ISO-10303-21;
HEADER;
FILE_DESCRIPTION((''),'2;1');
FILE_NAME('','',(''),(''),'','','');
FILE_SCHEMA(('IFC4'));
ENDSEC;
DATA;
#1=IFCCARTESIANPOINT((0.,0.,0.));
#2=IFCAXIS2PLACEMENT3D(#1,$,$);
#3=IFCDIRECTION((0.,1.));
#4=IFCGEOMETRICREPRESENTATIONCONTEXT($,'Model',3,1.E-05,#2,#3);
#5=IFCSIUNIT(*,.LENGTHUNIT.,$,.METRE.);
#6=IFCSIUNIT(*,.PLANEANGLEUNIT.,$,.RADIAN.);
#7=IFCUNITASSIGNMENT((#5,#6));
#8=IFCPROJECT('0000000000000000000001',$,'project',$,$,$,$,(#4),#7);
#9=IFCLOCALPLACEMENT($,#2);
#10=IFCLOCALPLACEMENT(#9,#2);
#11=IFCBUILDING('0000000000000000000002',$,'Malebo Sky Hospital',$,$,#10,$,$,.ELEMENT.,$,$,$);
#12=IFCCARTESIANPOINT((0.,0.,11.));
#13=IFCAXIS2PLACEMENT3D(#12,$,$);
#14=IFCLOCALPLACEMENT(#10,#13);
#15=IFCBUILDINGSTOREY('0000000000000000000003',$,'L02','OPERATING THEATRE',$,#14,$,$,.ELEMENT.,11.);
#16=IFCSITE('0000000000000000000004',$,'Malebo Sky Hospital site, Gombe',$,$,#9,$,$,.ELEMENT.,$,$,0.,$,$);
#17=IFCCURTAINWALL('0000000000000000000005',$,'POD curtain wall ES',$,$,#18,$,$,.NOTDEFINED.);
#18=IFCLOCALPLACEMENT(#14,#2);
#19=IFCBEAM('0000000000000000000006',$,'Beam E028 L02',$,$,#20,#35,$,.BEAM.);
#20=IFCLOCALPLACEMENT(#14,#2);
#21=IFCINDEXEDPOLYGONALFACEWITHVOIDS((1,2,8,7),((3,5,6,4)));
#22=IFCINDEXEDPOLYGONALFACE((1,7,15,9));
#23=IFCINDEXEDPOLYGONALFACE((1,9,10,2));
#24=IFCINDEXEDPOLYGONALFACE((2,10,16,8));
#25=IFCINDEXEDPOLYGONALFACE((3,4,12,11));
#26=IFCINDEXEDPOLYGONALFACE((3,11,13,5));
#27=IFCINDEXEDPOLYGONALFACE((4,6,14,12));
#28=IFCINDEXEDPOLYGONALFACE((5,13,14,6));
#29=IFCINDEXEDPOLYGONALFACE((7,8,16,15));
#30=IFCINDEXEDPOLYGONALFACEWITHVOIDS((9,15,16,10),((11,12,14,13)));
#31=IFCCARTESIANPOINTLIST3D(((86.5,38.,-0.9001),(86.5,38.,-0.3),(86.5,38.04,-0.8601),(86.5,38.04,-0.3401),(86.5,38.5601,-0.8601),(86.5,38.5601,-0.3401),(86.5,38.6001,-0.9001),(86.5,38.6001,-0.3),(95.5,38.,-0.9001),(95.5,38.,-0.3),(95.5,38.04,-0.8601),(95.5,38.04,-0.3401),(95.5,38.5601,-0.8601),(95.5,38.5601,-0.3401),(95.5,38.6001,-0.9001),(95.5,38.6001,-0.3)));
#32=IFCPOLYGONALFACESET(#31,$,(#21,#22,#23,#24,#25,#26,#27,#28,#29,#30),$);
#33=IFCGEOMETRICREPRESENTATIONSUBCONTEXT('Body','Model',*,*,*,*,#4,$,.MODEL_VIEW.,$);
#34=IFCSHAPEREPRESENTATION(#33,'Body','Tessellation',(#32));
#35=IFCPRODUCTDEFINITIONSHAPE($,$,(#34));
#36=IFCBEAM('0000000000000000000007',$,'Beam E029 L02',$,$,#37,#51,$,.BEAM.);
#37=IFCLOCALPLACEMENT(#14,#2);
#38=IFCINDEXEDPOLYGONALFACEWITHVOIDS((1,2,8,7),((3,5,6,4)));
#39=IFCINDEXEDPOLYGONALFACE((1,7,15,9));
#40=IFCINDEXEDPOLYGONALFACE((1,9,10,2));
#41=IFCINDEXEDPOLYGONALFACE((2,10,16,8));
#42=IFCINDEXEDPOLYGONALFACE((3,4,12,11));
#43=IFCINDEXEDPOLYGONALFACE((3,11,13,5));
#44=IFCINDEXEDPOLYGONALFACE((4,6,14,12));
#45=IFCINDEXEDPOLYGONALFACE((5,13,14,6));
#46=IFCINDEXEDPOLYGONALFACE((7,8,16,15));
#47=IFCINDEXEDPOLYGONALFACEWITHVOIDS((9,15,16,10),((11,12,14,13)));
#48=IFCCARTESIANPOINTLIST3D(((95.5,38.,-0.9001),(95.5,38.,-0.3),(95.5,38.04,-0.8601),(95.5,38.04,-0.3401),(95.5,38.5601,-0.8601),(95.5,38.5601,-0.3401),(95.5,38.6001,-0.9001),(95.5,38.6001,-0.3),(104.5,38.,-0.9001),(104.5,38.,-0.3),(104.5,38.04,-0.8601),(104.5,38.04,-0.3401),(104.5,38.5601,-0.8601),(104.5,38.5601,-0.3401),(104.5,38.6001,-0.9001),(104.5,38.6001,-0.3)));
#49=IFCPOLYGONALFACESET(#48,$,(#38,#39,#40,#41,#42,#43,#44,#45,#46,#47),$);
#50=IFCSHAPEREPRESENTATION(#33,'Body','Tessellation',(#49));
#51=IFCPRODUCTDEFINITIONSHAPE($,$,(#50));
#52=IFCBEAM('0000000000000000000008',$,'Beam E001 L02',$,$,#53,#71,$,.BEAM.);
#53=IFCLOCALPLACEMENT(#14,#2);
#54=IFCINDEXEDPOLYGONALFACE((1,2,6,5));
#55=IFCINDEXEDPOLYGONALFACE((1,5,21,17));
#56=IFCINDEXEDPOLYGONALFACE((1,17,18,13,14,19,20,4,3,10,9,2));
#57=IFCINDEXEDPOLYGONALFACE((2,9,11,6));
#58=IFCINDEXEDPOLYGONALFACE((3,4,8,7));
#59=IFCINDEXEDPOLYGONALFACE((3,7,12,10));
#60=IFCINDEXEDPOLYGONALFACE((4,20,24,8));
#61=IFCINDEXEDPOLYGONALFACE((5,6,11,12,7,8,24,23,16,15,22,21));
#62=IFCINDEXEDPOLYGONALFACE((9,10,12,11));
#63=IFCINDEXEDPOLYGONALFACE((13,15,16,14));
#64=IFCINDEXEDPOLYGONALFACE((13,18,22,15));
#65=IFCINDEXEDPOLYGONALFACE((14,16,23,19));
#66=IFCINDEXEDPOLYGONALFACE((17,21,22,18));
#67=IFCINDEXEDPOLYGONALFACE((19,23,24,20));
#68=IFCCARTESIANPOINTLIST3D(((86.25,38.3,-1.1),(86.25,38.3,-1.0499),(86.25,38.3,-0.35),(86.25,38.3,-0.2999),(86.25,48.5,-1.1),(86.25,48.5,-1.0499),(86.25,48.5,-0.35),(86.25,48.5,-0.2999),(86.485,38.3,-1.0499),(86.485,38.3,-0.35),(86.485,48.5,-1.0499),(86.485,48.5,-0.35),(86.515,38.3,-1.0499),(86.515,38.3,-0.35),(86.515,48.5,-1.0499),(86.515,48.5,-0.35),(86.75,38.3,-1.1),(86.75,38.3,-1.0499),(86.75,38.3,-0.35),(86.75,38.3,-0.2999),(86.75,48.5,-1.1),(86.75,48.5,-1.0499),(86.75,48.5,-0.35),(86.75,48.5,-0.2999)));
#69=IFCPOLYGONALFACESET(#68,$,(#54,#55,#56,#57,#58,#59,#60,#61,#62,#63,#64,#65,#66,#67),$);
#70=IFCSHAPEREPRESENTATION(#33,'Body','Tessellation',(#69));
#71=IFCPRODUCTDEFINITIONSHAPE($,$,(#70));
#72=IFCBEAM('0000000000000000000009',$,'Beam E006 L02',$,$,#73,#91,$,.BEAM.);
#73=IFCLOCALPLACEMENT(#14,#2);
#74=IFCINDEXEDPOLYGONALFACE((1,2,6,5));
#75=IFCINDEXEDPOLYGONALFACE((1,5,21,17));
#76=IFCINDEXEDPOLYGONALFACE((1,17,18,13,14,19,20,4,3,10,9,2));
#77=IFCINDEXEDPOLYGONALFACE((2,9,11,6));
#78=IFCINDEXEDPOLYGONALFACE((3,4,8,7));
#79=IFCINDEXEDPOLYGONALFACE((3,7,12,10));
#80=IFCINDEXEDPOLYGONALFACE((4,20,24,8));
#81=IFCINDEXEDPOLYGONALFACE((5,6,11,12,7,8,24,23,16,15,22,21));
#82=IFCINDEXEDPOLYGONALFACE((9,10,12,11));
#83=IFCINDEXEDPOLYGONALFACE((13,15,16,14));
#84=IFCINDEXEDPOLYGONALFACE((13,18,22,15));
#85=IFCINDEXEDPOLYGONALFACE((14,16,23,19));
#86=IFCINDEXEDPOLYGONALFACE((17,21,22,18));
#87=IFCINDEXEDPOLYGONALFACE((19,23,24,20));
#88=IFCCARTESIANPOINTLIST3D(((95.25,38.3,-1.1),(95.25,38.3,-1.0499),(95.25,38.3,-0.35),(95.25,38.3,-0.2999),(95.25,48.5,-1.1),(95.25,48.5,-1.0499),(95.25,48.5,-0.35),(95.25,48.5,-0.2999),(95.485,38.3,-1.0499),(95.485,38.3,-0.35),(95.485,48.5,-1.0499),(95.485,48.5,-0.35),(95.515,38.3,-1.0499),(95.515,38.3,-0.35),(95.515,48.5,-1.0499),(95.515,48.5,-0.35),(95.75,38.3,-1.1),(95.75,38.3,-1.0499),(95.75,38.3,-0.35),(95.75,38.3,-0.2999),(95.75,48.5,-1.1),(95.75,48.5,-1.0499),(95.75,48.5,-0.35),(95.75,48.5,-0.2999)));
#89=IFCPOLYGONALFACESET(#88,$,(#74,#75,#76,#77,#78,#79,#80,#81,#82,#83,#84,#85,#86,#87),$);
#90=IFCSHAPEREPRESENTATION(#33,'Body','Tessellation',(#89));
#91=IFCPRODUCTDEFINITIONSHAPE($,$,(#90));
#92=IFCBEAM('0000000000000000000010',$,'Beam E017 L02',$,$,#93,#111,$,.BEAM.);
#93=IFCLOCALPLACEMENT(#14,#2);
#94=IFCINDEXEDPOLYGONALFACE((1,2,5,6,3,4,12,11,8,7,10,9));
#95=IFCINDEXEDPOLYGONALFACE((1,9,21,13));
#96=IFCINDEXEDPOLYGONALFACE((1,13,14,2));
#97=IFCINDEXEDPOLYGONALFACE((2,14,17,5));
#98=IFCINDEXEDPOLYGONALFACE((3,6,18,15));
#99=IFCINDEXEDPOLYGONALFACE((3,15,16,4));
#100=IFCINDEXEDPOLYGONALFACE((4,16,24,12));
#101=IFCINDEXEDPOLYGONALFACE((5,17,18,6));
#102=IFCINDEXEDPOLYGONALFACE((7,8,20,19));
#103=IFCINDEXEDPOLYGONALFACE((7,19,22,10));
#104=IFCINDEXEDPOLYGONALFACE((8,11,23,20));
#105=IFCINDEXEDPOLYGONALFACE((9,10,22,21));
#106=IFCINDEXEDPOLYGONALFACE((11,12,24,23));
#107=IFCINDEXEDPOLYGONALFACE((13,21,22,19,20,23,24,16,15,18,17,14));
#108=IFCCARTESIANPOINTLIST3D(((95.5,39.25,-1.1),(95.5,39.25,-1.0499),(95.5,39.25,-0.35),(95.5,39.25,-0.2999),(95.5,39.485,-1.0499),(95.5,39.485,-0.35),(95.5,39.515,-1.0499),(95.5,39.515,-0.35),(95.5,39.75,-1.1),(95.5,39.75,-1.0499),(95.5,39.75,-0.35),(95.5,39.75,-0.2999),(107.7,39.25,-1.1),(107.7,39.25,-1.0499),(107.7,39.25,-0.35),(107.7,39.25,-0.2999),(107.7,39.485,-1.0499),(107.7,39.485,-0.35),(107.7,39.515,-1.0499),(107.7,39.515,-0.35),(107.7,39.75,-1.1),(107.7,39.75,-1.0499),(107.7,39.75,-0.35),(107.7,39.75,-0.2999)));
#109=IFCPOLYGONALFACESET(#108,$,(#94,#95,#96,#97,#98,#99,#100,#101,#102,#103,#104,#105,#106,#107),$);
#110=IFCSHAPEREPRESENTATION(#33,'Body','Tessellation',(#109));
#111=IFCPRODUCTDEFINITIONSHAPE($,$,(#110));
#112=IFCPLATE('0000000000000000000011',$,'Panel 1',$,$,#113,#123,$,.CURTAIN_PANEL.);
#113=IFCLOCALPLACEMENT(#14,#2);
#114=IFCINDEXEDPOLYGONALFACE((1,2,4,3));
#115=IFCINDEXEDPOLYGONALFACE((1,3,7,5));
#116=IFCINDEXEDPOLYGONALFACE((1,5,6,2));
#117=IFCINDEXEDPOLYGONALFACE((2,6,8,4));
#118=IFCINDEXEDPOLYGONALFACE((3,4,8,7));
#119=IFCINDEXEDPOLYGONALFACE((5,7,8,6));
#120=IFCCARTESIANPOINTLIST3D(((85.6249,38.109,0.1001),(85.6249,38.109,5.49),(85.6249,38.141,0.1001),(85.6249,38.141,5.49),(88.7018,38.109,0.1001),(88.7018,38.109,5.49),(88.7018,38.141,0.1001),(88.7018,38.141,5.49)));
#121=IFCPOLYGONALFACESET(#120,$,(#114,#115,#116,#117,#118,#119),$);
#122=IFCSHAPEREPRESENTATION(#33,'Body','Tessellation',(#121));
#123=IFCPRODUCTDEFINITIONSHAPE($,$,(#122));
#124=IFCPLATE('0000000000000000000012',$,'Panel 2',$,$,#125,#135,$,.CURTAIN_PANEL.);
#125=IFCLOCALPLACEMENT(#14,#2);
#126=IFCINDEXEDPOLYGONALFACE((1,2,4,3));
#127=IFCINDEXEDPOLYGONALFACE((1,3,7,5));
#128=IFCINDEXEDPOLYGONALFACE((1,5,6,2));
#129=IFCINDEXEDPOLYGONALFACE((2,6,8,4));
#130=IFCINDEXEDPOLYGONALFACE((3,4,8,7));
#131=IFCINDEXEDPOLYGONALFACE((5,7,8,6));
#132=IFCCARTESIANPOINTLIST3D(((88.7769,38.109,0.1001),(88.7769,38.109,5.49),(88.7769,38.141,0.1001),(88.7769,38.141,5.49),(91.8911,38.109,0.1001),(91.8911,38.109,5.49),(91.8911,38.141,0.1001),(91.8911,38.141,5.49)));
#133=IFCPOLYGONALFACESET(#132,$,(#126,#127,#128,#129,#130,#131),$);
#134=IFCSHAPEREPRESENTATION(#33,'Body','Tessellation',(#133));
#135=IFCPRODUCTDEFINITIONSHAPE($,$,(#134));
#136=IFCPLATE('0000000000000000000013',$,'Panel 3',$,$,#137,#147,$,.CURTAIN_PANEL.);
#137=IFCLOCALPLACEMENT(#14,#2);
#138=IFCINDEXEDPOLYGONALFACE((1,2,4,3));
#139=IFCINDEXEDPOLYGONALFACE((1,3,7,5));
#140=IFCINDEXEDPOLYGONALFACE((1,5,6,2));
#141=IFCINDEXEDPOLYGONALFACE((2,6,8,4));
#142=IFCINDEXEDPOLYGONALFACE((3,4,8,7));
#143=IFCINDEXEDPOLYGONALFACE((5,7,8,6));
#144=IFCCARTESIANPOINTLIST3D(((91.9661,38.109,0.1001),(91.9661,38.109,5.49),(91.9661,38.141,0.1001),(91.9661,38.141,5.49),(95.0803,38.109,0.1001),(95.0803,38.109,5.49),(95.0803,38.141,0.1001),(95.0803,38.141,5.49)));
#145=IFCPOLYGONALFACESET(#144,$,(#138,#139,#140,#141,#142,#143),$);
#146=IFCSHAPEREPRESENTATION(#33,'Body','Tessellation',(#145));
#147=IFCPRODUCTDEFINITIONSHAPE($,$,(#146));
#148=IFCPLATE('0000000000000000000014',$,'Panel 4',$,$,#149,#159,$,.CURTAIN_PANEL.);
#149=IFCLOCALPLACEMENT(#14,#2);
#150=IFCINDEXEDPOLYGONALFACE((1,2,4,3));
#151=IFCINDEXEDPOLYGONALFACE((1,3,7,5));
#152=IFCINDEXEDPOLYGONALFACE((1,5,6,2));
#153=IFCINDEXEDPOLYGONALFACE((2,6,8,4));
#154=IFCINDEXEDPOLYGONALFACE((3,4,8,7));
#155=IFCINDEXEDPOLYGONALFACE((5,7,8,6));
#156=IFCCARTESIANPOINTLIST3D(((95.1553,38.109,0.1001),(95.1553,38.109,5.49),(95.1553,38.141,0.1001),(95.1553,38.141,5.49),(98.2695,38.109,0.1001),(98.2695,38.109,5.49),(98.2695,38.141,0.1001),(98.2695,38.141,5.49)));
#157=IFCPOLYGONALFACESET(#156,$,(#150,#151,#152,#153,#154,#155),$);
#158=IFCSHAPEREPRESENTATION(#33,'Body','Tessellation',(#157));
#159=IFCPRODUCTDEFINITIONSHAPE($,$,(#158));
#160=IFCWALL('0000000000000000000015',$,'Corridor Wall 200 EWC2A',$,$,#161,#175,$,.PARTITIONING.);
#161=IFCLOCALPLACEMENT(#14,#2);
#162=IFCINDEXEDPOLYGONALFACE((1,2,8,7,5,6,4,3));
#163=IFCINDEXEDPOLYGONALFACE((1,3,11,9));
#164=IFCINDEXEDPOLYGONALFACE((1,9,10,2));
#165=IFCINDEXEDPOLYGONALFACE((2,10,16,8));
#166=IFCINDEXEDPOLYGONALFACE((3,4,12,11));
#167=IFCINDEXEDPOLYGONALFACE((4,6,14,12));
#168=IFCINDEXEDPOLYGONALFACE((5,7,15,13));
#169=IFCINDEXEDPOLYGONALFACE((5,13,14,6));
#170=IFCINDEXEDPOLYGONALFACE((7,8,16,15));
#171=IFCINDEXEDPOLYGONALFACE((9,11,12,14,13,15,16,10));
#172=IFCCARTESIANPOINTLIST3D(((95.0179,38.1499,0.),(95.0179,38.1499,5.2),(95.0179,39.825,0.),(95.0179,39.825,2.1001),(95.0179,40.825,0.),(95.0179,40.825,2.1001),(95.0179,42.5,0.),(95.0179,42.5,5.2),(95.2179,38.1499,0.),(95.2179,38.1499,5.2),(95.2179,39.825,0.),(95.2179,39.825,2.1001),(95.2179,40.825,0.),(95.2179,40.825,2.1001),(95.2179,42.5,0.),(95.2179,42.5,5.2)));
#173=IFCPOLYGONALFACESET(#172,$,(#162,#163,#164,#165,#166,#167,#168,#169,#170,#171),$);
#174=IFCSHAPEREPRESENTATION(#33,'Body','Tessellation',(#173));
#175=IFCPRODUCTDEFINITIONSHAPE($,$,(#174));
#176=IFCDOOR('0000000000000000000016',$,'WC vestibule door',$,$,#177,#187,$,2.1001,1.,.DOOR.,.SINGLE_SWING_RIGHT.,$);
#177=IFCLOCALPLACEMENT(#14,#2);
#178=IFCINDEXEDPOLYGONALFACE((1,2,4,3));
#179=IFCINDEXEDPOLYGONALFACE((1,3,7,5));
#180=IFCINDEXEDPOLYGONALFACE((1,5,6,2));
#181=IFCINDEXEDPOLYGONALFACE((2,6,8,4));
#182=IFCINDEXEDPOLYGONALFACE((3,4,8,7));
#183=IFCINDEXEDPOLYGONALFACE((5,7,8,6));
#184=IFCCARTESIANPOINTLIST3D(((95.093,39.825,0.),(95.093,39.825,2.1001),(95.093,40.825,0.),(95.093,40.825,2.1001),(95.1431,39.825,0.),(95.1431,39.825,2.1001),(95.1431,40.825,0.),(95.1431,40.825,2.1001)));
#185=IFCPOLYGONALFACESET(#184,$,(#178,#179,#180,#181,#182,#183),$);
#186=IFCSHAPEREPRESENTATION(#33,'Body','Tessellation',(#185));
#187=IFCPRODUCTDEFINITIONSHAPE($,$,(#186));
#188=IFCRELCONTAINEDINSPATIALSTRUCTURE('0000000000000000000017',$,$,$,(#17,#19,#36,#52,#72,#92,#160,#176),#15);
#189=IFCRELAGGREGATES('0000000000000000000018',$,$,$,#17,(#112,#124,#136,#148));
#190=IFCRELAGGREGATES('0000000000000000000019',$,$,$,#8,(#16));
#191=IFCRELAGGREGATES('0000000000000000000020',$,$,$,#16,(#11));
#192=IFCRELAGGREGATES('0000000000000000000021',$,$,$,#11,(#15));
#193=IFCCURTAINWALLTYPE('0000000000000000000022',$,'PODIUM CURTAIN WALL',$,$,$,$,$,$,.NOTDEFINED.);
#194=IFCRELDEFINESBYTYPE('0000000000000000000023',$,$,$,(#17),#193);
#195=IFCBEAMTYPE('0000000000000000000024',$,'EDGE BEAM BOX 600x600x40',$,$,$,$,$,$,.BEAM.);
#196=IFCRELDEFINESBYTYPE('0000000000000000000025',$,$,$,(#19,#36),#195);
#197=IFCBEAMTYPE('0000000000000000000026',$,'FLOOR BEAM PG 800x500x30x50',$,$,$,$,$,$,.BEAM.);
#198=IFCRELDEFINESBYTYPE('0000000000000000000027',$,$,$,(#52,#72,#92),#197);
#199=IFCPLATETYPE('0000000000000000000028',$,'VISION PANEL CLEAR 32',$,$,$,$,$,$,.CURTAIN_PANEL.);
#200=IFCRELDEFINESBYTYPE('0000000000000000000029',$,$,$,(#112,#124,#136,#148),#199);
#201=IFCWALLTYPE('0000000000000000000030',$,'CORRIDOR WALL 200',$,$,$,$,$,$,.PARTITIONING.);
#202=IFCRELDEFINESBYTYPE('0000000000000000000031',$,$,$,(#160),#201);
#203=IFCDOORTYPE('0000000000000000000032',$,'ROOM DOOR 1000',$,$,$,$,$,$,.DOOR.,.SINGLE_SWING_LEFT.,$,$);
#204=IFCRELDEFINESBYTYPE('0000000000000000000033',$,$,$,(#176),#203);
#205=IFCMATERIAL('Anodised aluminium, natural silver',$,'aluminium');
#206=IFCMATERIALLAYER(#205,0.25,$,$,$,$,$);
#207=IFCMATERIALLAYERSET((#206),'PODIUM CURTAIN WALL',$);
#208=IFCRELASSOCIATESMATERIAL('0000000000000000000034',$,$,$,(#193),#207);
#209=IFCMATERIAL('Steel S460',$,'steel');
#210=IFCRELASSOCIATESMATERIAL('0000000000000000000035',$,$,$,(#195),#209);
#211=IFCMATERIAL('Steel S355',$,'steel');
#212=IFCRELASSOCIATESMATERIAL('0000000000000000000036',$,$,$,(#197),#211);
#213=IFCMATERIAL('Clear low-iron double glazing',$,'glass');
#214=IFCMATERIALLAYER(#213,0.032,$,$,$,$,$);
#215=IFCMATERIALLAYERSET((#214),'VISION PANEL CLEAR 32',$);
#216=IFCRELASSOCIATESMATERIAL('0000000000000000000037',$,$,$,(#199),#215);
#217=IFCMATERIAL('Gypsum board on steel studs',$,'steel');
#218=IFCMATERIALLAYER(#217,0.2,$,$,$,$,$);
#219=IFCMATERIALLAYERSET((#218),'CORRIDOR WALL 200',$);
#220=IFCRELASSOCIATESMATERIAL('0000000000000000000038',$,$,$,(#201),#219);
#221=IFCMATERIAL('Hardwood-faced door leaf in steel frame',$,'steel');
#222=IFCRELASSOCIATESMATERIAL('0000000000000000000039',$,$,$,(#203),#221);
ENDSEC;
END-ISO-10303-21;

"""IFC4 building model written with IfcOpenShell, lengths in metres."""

from ifc_helpers import new_model, si_unit, direction, frame, frame_2d, origin, origin_2d, place, context, subcontext, project, spatial, rectangle, hollow_rectangle, i_section, extrude, material, layer, layer_set, material_profile, profile_set, type_object, element, fill, aggregate, save


model = new_model("IFC4")

# Units and contexts
model_context = context("Model", 3, precision=1e-05, world=origin(), true_north=direction((0.0, 1.0)))
body_context = subcontext(model_context, "Body", "Model", "MODEL_VIEW")
ifc_project = project(units=[si_unit("LENGTHUNIT", "METRE"), si_unit("PLANEANGLEUNIT", "RADIAN")], contexts=[model_context])

# Site, building, storey
site_placement = place(None, origin())
site = spatial("IfcSite", under=ifc_project, at=site_placement, Name="Malebo Sky Hospital site, Gombe", CompositionType="ELEMENT", RefElevation=0.0)
building_placement = place(site_placement, origin())
building = spatial("IfcBuilding", under=site, at=building_placement, Name="Malebo Sky Hospital", CompositionType="ELEMENT")
storey_placement = place(building_placement, frame((0.0, 0.0, 11.0)))
storey = spatial("IfcBuildingStorey", under=building, at=storey_placement, Name="L02", Description="OPERATING THEATRE", CompositionType="ELEMENT", Elevation=11.0)

# Shared definitions
ifc_material_1 = material(Name="Steel S355", Category="steel")

# Curtain wall
ifc_material_2 = material(Name="Anodised aluminium, natural silver", Category="aluminium")
ifc_layer_1 = layer(ifc_material_2, 0.25)
ifc_layer_set_1 = layer_set([ifc_layer_1], Name="PODIUM CURTAIN WALL")
curtain_wall_type = type_object("IfcCurtainWallType", Name="PODIUM CURTAIN WALL", PredefinedType="NOTDEFINED", material=ifc_layer_set_1)
curtain_wall_placement = place(storey_placement, origin())
curtain_wall = element("IfcCurtainWall", 1, at=curtain_wall_placement, inside=storey, type_object=curtain_wall_type, Name="POD curtain wall ES", PredefinedType="NOTDEFINED")

# Beams
ifc_material_3 = material(Name="Steel S460", Category="steel")
ifc_material_profile_1 = material_profile(ifc_material_3, hollow_rectangle(XDim=0.6001, YDim=0.6001, WallThickness=0.04, at=origin_2d()), Name="BOX 600x600x40")
ifc_profile_set_1 = profile_set([ifc_material_profile_1], Name="Steel S460")
beam_type_1 = type_object("IfcBeamType", Name="EDGE BEAM BOX 600x600x40", PredefinedType="BEAM", material=ifc_profile_set_1)
for number, where, z_axis, x_axis, name in (
    (2, (86.5, 38.3, -0.6001), (1.0, 0.0, 0.0), (0.0, 1.0, 0.0), "Beam E028 L02"),
    (3, (95.5, 38.3, -0.6001), (1.0, 0.0, 0.0), (0.0, 1.0, 0.0), "Beam E029 L02"),
):
    element("IfcBeam", number, at=place(storey_placement, frame(where, z_axis=z_axis, x_axis=x_axis)), inside=storey, type_object=beam_type_1, Name=name, PredefinedType="BEAM", context=body_context, shape_type="SweptSolid", body=[
        extrude(hollow_rectangle(XDim=0.6001, YDim=0.6001, WallThickness=0.04, at=origin_2d()), origin(), (0.0, 0.0, 1.0), 9.0),
    ])
ifc_material_profile_2 = material_profile(ifc_material_1, i_section(OverallWidth=0.5, OverallDepth=0.8, WebThickness=0.03, FlangeThickness=0.05, at=origin_2d()), Name="PG 800x500x30x50")
ifc_profile_set_2 = profile_set([ifc_material_profile_2], Name="Steel S355")
beam_type_2 = type_object("IfcBeamType", Name="FLOOR BEAM PG 800x500x30x50", PredefinedType="BEAM", material=ifc_profile_set_2)
for number, where, z_axis, x_axis, name in (
    (4, (86.5, 38.3, -0.7), (0.0, 1.0, 0.0), (-1.0, 0.0, 0.0), "Beam E001 L02"),
    (5, (95.5, 38.3, -0.7), (0.0, 1.0, 0.0), (-1.0, 0.0, 0.0), "Beam E006 L02"),
):
    element("IfcBeam", number, at=place(storey_placement, frame(where, z_axis=z_axis, x_axis=x_axis)), inside=storey, type_object=beam_type_2, Name=name, PredefinedType="BEAM", context=body_context, shape_type="SweptSolid", body=[
        extrude(i_section(OverallWidth=0.5, OverallDepth=0.8, WebThickness=0.03, FlangeThickness=0.05, at=origin_2d()), origin(), (0.0, 0.0, 1.0), 10.2),
    ])
beam_placement = place(storey_placement, frame((95.5, 39.5, -0.7), z_axis=(1.0, 0.0, 0.0), x_axis=(0.0, 1.0, 0.0)))
element("IfcBeam", 6, at=beam_placement, inside=storey, type_object=beam_type_2, Name="Beam E017 L02", PredefinedType="BEAM", context=body_context, shape_type="SweptSolid", body=[
    extrude(i_section(OverallWidth=0.5, OverallDepth=0.8, WebThickness=0.03, FlangeThickness=0.05, at=origin_2d()), origin(), (0.0, 0.0, 1.0), 12.2),
])

# Plates
ifc_material_4 = material(Name="Clear low-iron double glazing", Category="glass")
ifc_layer_2 = layer(ifc_material_4, 0.032)
ifc_layer_set_2 = layer_set([ifc_layer_2], Name="VISION PANEL CLEAR 32")
plate_type = type_object("IfcPlateType", Name="VISION PANEL CLEAR 32", PredefinedType="CURTAIN_PANEL", material=ifc_layer_set_2)
plate_1_placement = place(storey_placement, frame((87.1633, 38.125, 0.1001), z_axis=(0.0, 0.0, 1.0), x_axis=(1.0, 0.0, 0.0)))
plate_1 = element("IfcPlate", 7, at=plate_1_placement, type_object=plate_type, Name="Panel 1", PredefinedType="CURTAIN_PANEL", context=body_context, shape_type="SweptSolid", body=[
    extrude(rectangle(XDim=3.0769, YDim=0.032, at=origin_2d()), origin(), (0.0, 0.0, 1.0), 5.3899),
])
plate_2_placement = place(storey_placement, frame((90.334, 38.125, 0.1001), z_axis=(0.0, 0.0, 1.0), x_axis=(1.0, 0.0, 0.0)))
plate_2 = element("IfcPlate", 8, at=plate_2_placement, type_object=plate_type, Name="Panel 2", PredefinedType="CURTAIN_PANEL", context=body_context, shape_type="SweptSolid", body=[
    extrude(rectangle(XDim=3.1143, YDim=0.032, at=origin_2d()), origin(), (0.0, 0.0, 1.0), 5.3899),
])
plate_3_placement = place(storey_placement, frame((93.5232, 38.125, 0.1001), z_axis=(0.0, 0.0, 1.0), x_axis=(1.0, 0.0, 0.0)))
plate_3 = element("IfcPlate", 9, at=plate_3_placement, type_object=plate_type, Name="Panel 3", PredefinedType="CURTAIN_PANEL", context=body_context, shape_type="SweptSolid", body=[
    extrude(rectangle(XDim=3.1143, YDim=0.032, at=origin_2d()), origin(), (0.0, 0.0, 1.0), 5.3899),
])
plate_4_placement = place(storey_placement, frame((96.7124, 38.125, 0.1001), z_axis=(0.0, 0.0, 1.0), x_axis=(1.0, 0.0, 0.0)))
plate_4 = element("IfcPlate", 10, at=plate_4_placement, type_object=plate_type, Name="Panel 4", PredefinedType="CURTAIN_PANEL", context=body_context, shape_type="SweptSolid", body=[
    extrude(rectangle(XDim=3.1143, YDim=0.032, at=origin_2d()), origin(), (0.0, 0.0, 1.0), 5.3899),
])
aggregate(curtain_wall, [plate_1, plate_2, plate_3, plate_4])

# Wall, opening, door
ifc_material_5 = material(Name="Gypsum board on steel studs", Category="steel")
ifc_layer_3 = layer(ifc_material_5, 0.2)
ifc_layer_set_3 = layer_set([ifc_layer_3], Name="CORRIDOR WALL 200")
wall_type_1 = type_object("IfcWallType", Name="CORRIDOR WALL 200", PredefinedType="PARTITIONING", material=ifc_layer_set_3)
wall_1_placement = place(storey_placement, frame((95.1179, 38.1499, 0.0), z_axis=(0.0, 0.0, 1.0), x_axis=(0.0, 1.0, 0.0)))
wall_1 = element("IfcWall", 11, at=wall_1_placement, inside=storey, type_object=wall_type_1, Name="Corridor Wall 200 EWC2A", PredefinedType="PARTITIONING", context=body_context, shape_type="SweptSolid", body=[
    extrude(rectangle(XDim=4.3501, YDim=0.2, at=frame_2d((2.175, 0.0))), origin(), (0.0, 0.0, 1.0), 5.2),
])
opening_1_placement = place(wall_1_placement, frame((1.675, 0.0, 0.0)))
opening_1 = element("IfcOpeningElement", 12, at=opening_1_placement, cuts=wall_1, PredefinedType="OPENING", context=body_context, shape_type="SweptSolid", body=[
    extrude(rectangle(XDim=1.0, YDim=2.1001, at=frame_2d((0.5, 1.05))), frame((0.0, 0.1099, 0.0), z_axis=(0.0, -1.0, 0.0), x_axis=(1.0, 0.0, 0.0)), (0.0, 0.0, 1.0), 0.22),
])
ifc_material_6 = material(Name="Hardwood-faced door leaf in steel frame", Category="steel")
door_type_1 = type_object("IfcDoorType", Name="ROOM DOOR 1000", OperationType="SINGLE_SWING_LEFT", PredefinedType="DOOR", material=ifc_material_6)
door_1_placement = place(opening_1_placement, origin())
door_1 = element("IfcDoor", 13, at=door_1_placement, inside=storey, type_object=door_type_1, Name="WC vestibule door", OperationType="SINGLE_SWING_RIGHT", OverallHeight=2.1001, OverallWidth=1.0, PredefinedType="DOOR", context=body_context, shape_type="SweptSolid", body=[
    extrude(rectangle(XDim=1.0, YDim=2.1001, at=frame_2d((0.5, 1.05))), frame((0.0, 0.0249, 0.0), z_axis=(0.0, -1.0, 0.0), x_axis=(1.0, 0.0, 0.0)), (0.0, 0.0, 1.0), 0.05),
])
fill(opening_1, door_1)

save(model, "model.ifc")
